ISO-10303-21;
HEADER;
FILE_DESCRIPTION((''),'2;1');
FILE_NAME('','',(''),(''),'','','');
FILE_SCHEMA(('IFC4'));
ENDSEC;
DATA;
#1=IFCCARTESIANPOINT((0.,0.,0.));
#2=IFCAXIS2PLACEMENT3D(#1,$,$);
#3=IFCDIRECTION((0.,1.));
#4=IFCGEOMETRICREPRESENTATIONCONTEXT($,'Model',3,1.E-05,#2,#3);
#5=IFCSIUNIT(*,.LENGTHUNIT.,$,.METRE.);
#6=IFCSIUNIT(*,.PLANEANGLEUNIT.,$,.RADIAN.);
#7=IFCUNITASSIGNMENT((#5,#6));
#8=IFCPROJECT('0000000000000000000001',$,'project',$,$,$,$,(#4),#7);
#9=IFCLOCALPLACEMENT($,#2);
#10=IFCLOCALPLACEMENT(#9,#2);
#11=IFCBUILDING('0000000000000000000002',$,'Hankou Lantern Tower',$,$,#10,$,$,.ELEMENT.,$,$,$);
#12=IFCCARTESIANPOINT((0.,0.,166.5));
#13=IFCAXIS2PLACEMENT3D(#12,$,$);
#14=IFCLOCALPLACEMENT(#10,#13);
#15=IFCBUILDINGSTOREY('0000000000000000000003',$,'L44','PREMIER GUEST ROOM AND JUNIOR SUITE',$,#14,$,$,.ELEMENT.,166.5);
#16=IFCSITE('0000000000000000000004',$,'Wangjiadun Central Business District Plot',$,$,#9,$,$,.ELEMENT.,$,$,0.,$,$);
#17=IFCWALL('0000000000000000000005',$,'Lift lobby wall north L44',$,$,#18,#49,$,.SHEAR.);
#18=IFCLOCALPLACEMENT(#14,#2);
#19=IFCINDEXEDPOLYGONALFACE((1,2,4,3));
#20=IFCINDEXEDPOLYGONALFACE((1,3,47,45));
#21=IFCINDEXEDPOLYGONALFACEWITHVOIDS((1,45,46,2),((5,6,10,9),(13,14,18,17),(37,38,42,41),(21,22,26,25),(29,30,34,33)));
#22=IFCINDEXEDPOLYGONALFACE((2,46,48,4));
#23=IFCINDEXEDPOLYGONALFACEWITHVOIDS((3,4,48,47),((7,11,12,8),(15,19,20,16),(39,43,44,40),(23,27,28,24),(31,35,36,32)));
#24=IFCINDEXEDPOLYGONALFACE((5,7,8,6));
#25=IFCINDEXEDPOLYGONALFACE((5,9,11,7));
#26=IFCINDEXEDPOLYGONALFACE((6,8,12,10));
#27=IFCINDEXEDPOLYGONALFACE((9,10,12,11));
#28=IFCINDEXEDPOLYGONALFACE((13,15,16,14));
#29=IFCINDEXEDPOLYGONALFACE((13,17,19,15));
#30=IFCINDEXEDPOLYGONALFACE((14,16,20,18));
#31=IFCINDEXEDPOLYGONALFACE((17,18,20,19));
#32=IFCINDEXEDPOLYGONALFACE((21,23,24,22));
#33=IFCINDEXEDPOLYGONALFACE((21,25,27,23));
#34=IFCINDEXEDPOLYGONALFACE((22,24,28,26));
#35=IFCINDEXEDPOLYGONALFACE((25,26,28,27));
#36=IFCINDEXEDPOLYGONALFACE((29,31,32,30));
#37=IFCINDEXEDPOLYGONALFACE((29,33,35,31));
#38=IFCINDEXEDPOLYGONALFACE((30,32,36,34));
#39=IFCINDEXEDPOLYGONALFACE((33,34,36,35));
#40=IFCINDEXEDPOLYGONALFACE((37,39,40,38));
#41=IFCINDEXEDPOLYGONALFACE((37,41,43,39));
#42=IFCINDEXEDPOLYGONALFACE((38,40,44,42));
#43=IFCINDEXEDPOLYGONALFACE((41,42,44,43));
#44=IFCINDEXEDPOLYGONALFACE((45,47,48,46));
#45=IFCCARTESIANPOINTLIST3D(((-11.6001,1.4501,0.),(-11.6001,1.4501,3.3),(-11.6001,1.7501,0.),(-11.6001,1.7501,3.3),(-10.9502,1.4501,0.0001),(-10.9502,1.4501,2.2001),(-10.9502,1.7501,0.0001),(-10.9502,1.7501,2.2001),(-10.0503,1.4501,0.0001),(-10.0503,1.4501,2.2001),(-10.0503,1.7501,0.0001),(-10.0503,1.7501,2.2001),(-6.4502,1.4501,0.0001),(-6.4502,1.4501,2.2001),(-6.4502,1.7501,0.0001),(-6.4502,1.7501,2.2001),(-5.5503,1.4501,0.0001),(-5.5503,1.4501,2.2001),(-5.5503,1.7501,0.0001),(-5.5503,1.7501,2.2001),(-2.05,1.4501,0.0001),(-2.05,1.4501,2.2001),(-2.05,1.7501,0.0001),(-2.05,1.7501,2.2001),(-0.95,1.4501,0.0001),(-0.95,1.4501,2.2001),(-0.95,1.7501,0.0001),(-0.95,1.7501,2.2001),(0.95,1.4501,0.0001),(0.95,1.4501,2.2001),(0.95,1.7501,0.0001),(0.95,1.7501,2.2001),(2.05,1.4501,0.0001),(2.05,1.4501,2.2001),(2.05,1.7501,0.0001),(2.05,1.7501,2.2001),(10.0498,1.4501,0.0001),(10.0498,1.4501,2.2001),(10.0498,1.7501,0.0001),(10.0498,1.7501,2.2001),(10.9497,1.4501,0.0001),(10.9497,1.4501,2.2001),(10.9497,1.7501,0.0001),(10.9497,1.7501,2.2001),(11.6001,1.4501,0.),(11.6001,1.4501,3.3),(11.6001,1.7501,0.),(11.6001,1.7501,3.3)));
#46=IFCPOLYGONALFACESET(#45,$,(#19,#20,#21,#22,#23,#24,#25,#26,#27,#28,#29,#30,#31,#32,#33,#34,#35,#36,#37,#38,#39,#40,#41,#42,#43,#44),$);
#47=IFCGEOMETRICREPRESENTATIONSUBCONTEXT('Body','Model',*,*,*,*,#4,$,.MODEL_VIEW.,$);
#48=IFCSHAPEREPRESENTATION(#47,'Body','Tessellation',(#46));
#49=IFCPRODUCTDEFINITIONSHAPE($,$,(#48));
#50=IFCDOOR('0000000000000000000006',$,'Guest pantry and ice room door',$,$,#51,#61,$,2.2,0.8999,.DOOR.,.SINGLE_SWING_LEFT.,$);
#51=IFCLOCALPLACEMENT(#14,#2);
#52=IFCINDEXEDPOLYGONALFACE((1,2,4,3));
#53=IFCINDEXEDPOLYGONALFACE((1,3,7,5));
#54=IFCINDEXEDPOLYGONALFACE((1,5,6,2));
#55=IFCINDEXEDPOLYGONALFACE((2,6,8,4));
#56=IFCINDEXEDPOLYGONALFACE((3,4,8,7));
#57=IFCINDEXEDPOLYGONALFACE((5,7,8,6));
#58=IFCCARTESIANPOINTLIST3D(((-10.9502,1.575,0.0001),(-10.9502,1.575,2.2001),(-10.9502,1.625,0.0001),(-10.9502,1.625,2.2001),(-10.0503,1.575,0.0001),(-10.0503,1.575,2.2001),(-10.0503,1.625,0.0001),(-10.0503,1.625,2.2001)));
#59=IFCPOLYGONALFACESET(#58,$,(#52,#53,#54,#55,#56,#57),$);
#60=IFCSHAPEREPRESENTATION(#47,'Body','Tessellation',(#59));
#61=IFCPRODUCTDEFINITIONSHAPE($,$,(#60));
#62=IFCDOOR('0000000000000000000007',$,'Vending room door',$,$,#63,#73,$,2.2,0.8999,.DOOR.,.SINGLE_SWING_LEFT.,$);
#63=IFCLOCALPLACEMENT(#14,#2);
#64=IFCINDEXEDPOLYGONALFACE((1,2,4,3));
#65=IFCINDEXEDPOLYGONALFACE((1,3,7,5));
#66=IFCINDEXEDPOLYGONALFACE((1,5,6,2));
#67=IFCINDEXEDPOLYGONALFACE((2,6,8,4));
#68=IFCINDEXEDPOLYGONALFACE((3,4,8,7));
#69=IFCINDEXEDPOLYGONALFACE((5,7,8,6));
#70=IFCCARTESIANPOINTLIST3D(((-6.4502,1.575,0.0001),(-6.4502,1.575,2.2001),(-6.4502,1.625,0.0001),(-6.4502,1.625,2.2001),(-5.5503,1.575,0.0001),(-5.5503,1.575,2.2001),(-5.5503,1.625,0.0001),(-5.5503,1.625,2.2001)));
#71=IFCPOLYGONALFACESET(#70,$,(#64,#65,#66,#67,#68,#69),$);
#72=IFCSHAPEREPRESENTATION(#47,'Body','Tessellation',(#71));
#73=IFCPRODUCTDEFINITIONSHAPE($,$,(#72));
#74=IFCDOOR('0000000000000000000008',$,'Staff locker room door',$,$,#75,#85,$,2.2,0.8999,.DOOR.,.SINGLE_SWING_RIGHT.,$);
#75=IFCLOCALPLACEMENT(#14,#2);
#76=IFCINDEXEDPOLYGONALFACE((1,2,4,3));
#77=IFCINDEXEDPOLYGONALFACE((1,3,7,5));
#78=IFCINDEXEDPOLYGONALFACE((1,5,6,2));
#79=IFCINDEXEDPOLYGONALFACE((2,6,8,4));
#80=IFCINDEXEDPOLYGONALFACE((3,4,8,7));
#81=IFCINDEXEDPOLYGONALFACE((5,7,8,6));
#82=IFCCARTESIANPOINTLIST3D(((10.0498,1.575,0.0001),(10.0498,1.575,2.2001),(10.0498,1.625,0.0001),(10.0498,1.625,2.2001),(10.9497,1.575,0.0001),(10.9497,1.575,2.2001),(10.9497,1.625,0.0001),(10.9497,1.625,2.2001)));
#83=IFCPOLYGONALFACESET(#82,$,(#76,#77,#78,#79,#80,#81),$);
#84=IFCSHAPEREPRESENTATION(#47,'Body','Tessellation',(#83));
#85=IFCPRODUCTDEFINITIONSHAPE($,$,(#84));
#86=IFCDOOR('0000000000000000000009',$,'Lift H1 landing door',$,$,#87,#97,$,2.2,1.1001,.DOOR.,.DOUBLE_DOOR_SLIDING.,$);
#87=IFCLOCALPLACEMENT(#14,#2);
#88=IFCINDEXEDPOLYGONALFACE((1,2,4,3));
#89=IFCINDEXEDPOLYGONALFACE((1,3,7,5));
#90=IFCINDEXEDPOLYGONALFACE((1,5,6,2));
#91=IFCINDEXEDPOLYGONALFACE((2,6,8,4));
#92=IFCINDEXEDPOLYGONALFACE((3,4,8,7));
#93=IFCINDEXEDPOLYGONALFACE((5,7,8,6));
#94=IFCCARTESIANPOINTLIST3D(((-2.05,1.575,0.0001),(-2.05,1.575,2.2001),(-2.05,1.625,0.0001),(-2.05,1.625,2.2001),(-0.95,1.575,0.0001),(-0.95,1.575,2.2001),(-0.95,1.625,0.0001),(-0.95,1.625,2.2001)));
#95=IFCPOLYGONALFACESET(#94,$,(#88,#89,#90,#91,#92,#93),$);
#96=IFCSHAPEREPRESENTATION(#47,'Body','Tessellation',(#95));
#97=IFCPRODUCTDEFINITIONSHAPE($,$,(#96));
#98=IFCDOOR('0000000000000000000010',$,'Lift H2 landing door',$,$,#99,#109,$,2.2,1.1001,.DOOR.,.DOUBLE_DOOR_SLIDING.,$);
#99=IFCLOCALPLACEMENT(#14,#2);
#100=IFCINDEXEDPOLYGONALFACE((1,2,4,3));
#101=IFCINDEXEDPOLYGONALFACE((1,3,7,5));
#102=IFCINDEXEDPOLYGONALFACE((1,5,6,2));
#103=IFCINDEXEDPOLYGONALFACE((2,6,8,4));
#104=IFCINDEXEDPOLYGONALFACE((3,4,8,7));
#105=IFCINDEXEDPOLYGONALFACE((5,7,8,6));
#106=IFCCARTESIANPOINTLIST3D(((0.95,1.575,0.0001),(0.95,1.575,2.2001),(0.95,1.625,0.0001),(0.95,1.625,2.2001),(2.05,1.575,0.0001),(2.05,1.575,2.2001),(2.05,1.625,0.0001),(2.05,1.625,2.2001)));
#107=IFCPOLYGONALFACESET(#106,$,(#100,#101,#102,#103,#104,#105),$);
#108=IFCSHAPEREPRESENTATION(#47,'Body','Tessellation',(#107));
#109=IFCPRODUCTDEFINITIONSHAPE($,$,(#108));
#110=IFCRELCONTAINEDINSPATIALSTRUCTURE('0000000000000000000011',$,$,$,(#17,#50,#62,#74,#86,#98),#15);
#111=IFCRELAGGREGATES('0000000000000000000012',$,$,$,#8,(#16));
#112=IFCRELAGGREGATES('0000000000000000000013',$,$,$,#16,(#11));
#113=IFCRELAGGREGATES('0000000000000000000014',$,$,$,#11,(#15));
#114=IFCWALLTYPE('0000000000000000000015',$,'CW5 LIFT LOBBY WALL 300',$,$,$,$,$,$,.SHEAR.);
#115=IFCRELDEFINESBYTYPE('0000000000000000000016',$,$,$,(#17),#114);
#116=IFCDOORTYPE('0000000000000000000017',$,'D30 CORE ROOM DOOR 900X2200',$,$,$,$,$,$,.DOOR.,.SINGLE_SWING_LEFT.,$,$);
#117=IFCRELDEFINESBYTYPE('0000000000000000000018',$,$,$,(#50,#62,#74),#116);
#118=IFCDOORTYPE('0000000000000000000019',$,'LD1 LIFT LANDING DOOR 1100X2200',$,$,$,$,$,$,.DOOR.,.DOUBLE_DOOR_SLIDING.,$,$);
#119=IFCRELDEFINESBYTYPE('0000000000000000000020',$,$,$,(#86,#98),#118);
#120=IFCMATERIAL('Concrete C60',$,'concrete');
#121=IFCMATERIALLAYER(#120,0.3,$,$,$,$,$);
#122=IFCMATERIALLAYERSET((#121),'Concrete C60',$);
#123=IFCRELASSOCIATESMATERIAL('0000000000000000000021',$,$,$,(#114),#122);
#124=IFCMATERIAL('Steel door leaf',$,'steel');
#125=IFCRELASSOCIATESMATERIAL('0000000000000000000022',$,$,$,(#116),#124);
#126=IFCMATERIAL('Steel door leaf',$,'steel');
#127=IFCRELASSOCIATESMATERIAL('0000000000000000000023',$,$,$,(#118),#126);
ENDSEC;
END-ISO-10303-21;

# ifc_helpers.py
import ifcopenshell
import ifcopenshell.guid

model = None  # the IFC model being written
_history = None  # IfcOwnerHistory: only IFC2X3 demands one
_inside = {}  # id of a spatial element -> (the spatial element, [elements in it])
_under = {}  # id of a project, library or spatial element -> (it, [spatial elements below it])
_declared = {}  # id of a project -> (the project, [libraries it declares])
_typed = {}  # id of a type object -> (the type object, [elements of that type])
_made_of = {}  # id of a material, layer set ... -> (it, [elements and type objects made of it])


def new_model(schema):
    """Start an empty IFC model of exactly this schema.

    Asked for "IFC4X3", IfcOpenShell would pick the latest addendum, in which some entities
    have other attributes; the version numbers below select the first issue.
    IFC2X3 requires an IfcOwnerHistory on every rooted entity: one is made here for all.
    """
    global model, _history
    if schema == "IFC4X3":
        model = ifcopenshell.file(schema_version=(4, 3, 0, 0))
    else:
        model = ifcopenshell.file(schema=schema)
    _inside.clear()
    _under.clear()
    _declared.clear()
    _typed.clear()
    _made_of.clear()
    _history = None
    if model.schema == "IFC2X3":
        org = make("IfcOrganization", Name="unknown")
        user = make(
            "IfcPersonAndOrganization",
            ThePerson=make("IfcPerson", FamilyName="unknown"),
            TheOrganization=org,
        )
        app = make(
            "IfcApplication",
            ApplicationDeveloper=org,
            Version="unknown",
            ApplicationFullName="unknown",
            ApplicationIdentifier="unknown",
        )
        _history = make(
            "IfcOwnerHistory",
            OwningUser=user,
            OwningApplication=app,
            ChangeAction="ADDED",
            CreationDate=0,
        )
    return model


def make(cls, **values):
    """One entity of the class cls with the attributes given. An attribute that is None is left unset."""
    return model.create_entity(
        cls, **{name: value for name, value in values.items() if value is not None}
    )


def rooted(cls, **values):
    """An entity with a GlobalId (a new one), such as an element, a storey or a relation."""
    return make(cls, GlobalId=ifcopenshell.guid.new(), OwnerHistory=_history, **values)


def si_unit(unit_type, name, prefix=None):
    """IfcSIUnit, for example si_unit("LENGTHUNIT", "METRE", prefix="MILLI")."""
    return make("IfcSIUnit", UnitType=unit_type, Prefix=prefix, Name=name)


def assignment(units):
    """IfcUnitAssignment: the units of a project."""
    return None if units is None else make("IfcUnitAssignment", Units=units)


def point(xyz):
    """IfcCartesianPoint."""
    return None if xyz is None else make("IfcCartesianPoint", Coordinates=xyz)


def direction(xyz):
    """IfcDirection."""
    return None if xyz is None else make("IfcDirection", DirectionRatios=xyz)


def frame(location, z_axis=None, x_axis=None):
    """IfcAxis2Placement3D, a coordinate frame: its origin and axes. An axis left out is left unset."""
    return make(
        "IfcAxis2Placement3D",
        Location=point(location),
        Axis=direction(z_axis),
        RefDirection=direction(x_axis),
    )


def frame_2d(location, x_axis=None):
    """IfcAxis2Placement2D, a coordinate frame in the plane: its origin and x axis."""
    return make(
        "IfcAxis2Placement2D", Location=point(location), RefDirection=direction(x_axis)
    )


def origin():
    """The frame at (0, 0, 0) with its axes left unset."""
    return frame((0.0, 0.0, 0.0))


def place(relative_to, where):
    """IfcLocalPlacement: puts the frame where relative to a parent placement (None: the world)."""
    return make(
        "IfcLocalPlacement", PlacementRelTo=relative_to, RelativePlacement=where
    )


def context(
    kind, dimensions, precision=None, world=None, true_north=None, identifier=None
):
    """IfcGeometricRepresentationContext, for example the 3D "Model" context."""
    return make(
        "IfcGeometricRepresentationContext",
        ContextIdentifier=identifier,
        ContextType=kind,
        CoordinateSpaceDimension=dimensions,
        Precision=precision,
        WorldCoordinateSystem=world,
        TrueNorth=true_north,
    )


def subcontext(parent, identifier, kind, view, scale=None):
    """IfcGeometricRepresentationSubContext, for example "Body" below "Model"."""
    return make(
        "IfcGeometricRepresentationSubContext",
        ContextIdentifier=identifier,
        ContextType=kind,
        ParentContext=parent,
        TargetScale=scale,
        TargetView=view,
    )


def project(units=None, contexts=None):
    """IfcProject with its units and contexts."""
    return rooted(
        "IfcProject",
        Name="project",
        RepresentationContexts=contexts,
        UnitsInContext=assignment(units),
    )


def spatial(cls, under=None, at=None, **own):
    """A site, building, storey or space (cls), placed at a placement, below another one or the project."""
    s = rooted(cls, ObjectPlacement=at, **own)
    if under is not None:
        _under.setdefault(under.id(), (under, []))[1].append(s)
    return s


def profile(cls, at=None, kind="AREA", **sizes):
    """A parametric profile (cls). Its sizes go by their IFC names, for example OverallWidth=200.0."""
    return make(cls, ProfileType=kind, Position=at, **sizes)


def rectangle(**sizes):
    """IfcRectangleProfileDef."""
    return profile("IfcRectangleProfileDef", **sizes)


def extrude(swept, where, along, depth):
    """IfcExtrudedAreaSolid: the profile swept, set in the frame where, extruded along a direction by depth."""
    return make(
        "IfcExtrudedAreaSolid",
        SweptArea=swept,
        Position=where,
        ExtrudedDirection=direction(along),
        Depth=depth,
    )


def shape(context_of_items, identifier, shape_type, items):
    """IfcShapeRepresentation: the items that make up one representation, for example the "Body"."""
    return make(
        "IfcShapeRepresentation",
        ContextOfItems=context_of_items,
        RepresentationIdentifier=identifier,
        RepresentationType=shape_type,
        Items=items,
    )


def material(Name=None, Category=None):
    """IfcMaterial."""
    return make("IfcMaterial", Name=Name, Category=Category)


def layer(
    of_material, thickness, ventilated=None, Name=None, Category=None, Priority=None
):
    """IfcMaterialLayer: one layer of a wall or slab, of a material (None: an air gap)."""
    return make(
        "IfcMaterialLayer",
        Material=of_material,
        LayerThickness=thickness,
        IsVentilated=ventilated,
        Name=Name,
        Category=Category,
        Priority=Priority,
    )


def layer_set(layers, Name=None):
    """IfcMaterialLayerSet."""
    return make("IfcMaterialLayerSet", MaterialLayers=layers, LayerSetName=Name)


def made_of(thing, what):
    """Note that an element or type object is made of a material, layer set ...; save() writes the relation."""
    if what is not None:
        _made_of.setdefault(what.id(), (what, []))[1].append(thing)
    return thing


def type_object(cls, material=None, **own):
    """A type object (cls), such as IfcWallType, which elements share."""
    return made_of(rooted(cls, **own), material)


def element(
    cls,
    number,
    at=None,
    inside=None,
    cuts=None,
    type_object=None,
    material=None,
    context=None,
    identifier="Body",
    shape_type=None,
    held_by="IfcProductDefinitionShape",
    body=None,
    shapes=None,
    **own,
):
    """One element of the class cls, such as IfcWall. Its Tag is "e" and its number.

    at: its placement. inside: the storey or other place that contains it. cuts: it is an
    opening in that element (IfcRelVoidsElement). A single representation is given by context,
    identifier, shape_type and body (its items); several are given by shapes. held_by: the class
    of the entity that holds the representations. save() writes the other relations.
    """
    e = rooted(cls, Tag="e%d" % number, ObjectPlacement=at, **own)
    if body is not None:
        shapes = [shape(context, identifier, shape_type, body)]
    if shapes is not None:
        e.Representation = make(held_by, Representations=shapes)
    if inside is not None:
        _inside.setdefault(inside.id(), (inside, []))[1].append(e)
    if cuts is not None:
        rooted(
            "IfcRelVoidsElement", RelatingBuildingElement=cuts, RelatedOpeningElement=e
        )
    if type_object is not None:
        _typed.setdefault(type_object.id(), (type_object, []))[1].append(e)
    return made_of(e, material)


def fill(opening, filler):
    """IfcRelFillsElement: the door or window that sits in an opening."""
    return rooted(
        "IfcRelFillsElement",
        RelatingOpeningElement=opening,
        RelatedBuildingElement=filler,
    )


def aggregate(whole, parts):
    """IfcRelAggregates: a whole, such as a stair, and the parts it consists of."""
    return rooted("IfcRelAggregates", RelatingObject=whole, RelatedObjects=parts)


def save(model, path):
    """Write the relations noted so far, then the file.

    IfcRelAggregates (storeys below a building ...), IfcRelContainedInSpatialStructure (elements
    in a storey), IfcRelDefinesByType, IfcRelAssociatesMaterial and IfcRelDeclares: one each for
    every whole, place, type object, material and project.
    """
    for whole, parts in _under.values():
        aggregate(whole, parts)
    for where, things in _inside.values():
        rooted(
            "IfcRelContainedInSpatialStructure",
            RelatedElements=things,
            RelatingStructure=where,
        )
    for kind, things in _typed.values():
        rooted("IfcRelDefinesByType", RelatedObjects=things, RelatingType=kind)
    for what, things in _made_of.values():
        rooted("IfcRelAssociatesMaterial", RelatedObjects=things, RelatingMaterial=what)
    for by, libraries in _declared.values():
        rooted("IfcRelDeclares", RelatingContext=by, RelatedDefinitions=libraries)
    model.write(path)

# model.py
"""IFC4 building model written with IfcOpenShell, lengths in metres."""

from ifc_helpers import new_model, si_unit, direction, frame, frame_2d, origin, place, context, subcontext, project, spatial, rectangle, extrude, material, layer, layer_set, type_object, element, fill, save


model = new_model("IFC4")

# Units and contexts
model_context = context("Model", 3, precision=1e-05, world=origin(), true_north=direction((0.0, 1.0)))
body_context = subcontext(model_context, "Body", "Model", "MODEL_VIEW")
ifc_project = project(units=[si_unit("LENGTHUNIT", "METRE"), si_unit("PLANEANGLEUNIT", "RADIAN")], contexts=[model_context])

# Site, building, storey
site_placement = place(None, origin())
site = spatial("IfcSite", under=ifc_project, at=site_placement, Name="Wangjiadun Central Business District Plot", CompositionType="ELEMENT", RefElevation=0.0)
building_placement = place(site_placement, origin())
building = spatial("IfcBuilding", under=site, at=building_placement, Name="Hankou Lantern Tower", CompositionType="ELEMENT")
storey_placement = place(building_placement, frame((0.0, 0.0, 166.5)))
storey = spatial("IfcBuildingStorey", under=building, at=storey_placement, Name="L44", Description="PREMIER GUEST ROOM AND JUNIOR SUITE", CompositionType="ELEMENT", Elevation=166.5)

# Wall, openings, doors
ifc_material_1 = material(Name="Concrete C60", Category="concrete")
ifc_layer_1 = layer(ifc_material_1, 0.3)
ifc_layer_set_1 = layer_set([ifc_layer_1], Name="Concrete C60")
wall_type_1 = type_object("IfcWallType", Name="CW5 LIFT LOBBY WALL 300", PredefinedType="SHEAR", material=ifc_layer_set_1)
wall_1_placement = place(storey_placement, frame((-11.6001, 1.6001, 0.0), z_axis=(0.0, 0.0, 1.0), x_axis=(1.0, 0.0, 0.0)))
wall_1 = element("IfcWall", 1, at=wall_1_placement, inside=storey, type_object=wall_type_1, Name="Lift lobby wall north L44", PredefinedType="SHEAR", context=body_context, shape_type="SweptSolid", body=[
    extrude(rectangle(XDim=23.2002, YDim=0.3, at=frame_2d((11.6001, 0.0))), origin(), (0.0, 0.0, 1.0), 3.3),
])
opening_1_placement = place(wall_1_placement, frame((9.55, 0.0, 0.0)))
opening_1 = element("IfcOpeningElement", 2, at=opening_1_placement, cuts=wall_1, PredefinedType="OPENING", context=body_context, shape_type="SweptSolid", body=[
    extrude(rectangle(XDim=1.1001, YDim=2.2, at=frame_2d((0.55, 1.1001))), frame((0.0, 0.1599, 0.0), z_axis=(0.0, -1.0, 0.0), x_axis=(1.0, 0.0, 0.0)), (0.0, 0.0, 1.0), 0.3201),
])
opening_2_placement = place(wall_1_placement, frame((12.55, 0.0, 0.0)))
opening_2 = element("IfcOpeningElement", 3, at=opening_2_placement, cuts=wall_1, PredefinedType="OPENING", context=body_context, shape_type="SweptSolid", body=[
    extrude(rectangle(XDim=1.1001, YDim=2.2, at=frame_2d((0.55, 1.1001))), frame((0.0, 0.1599, 0.0), z_axis=(0.0, -1.0, 0.0), x_axis=(1.0, 0.0, 0.0)), (0.0, 0.0, 1.0), 0.3201),
])
opening_3_placement = place(wall_1_placement, frame((0.6499, 0.0, 0.0)))
opening_3 = element("IfcOpeningElement", 4, at=opening_3_placement, cuts=wall_1, PredefinedType="OPENING", context=body_context, shape_type="SweptSolid", body=[
    extrude(rectangle(XDim=0.8999, YDim=2.2, at=frame_2d((0.45, 1.1001))), frame((0.0, 0.1599, 0.0), z_axis=(0.0, -1.0, 0.0), x_axis=(1.0, 0.0, 0.0)), (0.0, 0.0, 1.0), 0.3201),
])
opening_4_placement = place(wall_1_placement, frame((5.1499, 0.0, 0.0)))
opening_4 = element("IfcOpeningElement", 5, at=opening_4_placement, cuts=wall_1, PredefinedType="OPENING", context=body_context, shape_type="SweptSolid", body=[
    extrude(rectangle(XDim=0.8999, YDim=2.2, at=frame_2d((0.45, 1.1001))), frame((0.0, 0.1599, 0.0), z_axis=(0.0, -1.0, 0.0), x_axis=(1.0, 0.0, 0.0)), (0.0, 0.0, 1.0), 0.3201),
])
opening_5_placement = place(wall_1_placement, frame((21.6499, 0.0, 0.0)))
opening_5 = element("IfcOpeningElement", 6, at=opening_5_placement, cuts=wall_1, PredefinedType="OPENING", context=body_context, shape_type="SweptSolid", body=[
    extrude(rectangle(XDim=0.8999, YDim=2.2, at=frame_2d((0.45, 1.1001))), frame((0.0, 0.1599, 0.0), z_axis=(0.0, -1.0, 0.0), x_axis=(1.0, 0.0, 0.0)), (0.0, 0.0, 1.0), 0.3201),
])
ifc_material_2 = material(Name="Steel door leaf", Category="steel")
door_type_1 = type_object("IfcDoorType", Name="D30 CORE ROOM DOOR 900X2200", OperationType="SINGLE_SWING_LEFT", PredefinedType="DOOR", material=ifc_material_2)
door_1_placement = place(opening_3_placement, origin())
door_1 = element("IfcDoor", 7, at=door_1_placement, inside=storey, type_object=door_type_1, Name="Guest pantry and ice room door", OperationType="SINGLE_SWING_LEFT", OverallHeight=2.2, OverallWidth=0.8999, PredefinedType="DOOR", context=body_context, shape_type="SweptSolid", body=[
    extrude(rectangle(XDim=0.8999, YDim=2.2, at=frame_2d((0.45, 1.1001))), frame((0.0, 0.0249, 0.0), z_axis=(0.0, -1.0, 0.0), x_axis=(1.0, 0.0, 0.0)), (0.0, 0.0, 1.0), 0.05),
])
fill(opening_3, door_1)
door_2_placement = place(opening_4_placement, origin())
door_2 = element("IfcDoor", 8, at=door_2_placement, inside=storey, type_object=door_type_1, Name="Vending room door", OperationType="SINGLE_SWING_LEFT", OverallHeight=2.2, OverallWidth=0.8999, PredefinedType="DOOR", context=body_context, shape_type="SweptSolid", body=[
    extrude(rectangle(XDim=0.8999, YDim=2.2, at=frame_2d((0.45, 1.1001))), frame((0.0, 0.0249, 0.0), z_axis=(0.0, -1.0, 0.0), x_axis=(1.0, 0.0, 0.0)), (0.0, 0.0, 1.0), 0.05),
])
fill(opening_4, door_2)
door_3_placement = place(opening_5_placement, origin())
door_3 = element("IfcDoor", 9, at=door_3_placement, inside=storey, type_object=door_type_1, Name="Staff locker room door", OperationType="SINGLE_SWING_RIGHT", OverallHeight=2.2, OverallWidth=0.8999, PredefinedType="DOOR", context=body_context, shape_type="SweptSolid", body=[
    extrude(rectangle(XDim=0.8999, YDim=2.2, at=frame_2d((0.45, 1.1001))), frame((0.0, 0.0249, 0.0), z_axis=(0.0, -1.0, 0.0), x_axis=(1.0, 0.0, 0.0)), (0.0, 0.0, 1.0), 0.05),
])
fill(opening_5, door_3)
ifc_material_3 = material(Name="Steel door leaf", Category="steel")
door_type_2 = type_object("IfcDoorType", Name="LD1 LIFT LANDING DOOR 1100X2200", OperationType="DOUBLE_DOOR_SLIDING", PredefinedType="DOOR", material=ifc_material_3)
door_4_placement = place(opening_1_placement, origin())
door_4 = element("IfcDoor", 10, at=door_4_placement, inside=storey, type_object=door_type_2, Name="Lift H1 landing door", OperationType="DOUBLE_DOOR_SLIDING", OverallHeight=2.2, OverallWidth=1.1001, PredefinedType="DOOR", context=body_context, shape_type="SweptSolid", body=[
    extrude(rectangle(XDim=1.1001, YDim=2.2, at=frame_2d((0.55, 1.1001))), frame((0.0, 0.0249, 0.0), z_axis=(0.0, -1.0, 0.0), x_axis=(1.0, 0.0, 0.0)), (0.0, 0.0, 1.0), 0.05),
])
fill(opening_1, door_4)
door_5_placement = place(opening_2_placement, origin())
door_5 = element("IfcDoor", 11, at=door_5_placement, inside=storey, type_object=door_type_2, Name="Lift H2 landing door", OperationType="DOUBLE_DOOR_SLIDING", OverallHeight=2.2, OverallWidth=1.1001, PredefinedType="DOOR", context=body_context, shape_type="SweptSolid", body=[
    extrude(rectangle(XDim=1.1001, YDim=2.2, at=frame_2d((0.55, 1.1001))), frame((0.0, 0.0249, 0.0), z_axis=(0.0, -1.0, 0.0), x_axis=(1.0, 0.0, 0.0)), (0.0, 0.0, 1.0), 0.05),
])
fill(opening_2, door_5)

save(model, "model.ifc")
